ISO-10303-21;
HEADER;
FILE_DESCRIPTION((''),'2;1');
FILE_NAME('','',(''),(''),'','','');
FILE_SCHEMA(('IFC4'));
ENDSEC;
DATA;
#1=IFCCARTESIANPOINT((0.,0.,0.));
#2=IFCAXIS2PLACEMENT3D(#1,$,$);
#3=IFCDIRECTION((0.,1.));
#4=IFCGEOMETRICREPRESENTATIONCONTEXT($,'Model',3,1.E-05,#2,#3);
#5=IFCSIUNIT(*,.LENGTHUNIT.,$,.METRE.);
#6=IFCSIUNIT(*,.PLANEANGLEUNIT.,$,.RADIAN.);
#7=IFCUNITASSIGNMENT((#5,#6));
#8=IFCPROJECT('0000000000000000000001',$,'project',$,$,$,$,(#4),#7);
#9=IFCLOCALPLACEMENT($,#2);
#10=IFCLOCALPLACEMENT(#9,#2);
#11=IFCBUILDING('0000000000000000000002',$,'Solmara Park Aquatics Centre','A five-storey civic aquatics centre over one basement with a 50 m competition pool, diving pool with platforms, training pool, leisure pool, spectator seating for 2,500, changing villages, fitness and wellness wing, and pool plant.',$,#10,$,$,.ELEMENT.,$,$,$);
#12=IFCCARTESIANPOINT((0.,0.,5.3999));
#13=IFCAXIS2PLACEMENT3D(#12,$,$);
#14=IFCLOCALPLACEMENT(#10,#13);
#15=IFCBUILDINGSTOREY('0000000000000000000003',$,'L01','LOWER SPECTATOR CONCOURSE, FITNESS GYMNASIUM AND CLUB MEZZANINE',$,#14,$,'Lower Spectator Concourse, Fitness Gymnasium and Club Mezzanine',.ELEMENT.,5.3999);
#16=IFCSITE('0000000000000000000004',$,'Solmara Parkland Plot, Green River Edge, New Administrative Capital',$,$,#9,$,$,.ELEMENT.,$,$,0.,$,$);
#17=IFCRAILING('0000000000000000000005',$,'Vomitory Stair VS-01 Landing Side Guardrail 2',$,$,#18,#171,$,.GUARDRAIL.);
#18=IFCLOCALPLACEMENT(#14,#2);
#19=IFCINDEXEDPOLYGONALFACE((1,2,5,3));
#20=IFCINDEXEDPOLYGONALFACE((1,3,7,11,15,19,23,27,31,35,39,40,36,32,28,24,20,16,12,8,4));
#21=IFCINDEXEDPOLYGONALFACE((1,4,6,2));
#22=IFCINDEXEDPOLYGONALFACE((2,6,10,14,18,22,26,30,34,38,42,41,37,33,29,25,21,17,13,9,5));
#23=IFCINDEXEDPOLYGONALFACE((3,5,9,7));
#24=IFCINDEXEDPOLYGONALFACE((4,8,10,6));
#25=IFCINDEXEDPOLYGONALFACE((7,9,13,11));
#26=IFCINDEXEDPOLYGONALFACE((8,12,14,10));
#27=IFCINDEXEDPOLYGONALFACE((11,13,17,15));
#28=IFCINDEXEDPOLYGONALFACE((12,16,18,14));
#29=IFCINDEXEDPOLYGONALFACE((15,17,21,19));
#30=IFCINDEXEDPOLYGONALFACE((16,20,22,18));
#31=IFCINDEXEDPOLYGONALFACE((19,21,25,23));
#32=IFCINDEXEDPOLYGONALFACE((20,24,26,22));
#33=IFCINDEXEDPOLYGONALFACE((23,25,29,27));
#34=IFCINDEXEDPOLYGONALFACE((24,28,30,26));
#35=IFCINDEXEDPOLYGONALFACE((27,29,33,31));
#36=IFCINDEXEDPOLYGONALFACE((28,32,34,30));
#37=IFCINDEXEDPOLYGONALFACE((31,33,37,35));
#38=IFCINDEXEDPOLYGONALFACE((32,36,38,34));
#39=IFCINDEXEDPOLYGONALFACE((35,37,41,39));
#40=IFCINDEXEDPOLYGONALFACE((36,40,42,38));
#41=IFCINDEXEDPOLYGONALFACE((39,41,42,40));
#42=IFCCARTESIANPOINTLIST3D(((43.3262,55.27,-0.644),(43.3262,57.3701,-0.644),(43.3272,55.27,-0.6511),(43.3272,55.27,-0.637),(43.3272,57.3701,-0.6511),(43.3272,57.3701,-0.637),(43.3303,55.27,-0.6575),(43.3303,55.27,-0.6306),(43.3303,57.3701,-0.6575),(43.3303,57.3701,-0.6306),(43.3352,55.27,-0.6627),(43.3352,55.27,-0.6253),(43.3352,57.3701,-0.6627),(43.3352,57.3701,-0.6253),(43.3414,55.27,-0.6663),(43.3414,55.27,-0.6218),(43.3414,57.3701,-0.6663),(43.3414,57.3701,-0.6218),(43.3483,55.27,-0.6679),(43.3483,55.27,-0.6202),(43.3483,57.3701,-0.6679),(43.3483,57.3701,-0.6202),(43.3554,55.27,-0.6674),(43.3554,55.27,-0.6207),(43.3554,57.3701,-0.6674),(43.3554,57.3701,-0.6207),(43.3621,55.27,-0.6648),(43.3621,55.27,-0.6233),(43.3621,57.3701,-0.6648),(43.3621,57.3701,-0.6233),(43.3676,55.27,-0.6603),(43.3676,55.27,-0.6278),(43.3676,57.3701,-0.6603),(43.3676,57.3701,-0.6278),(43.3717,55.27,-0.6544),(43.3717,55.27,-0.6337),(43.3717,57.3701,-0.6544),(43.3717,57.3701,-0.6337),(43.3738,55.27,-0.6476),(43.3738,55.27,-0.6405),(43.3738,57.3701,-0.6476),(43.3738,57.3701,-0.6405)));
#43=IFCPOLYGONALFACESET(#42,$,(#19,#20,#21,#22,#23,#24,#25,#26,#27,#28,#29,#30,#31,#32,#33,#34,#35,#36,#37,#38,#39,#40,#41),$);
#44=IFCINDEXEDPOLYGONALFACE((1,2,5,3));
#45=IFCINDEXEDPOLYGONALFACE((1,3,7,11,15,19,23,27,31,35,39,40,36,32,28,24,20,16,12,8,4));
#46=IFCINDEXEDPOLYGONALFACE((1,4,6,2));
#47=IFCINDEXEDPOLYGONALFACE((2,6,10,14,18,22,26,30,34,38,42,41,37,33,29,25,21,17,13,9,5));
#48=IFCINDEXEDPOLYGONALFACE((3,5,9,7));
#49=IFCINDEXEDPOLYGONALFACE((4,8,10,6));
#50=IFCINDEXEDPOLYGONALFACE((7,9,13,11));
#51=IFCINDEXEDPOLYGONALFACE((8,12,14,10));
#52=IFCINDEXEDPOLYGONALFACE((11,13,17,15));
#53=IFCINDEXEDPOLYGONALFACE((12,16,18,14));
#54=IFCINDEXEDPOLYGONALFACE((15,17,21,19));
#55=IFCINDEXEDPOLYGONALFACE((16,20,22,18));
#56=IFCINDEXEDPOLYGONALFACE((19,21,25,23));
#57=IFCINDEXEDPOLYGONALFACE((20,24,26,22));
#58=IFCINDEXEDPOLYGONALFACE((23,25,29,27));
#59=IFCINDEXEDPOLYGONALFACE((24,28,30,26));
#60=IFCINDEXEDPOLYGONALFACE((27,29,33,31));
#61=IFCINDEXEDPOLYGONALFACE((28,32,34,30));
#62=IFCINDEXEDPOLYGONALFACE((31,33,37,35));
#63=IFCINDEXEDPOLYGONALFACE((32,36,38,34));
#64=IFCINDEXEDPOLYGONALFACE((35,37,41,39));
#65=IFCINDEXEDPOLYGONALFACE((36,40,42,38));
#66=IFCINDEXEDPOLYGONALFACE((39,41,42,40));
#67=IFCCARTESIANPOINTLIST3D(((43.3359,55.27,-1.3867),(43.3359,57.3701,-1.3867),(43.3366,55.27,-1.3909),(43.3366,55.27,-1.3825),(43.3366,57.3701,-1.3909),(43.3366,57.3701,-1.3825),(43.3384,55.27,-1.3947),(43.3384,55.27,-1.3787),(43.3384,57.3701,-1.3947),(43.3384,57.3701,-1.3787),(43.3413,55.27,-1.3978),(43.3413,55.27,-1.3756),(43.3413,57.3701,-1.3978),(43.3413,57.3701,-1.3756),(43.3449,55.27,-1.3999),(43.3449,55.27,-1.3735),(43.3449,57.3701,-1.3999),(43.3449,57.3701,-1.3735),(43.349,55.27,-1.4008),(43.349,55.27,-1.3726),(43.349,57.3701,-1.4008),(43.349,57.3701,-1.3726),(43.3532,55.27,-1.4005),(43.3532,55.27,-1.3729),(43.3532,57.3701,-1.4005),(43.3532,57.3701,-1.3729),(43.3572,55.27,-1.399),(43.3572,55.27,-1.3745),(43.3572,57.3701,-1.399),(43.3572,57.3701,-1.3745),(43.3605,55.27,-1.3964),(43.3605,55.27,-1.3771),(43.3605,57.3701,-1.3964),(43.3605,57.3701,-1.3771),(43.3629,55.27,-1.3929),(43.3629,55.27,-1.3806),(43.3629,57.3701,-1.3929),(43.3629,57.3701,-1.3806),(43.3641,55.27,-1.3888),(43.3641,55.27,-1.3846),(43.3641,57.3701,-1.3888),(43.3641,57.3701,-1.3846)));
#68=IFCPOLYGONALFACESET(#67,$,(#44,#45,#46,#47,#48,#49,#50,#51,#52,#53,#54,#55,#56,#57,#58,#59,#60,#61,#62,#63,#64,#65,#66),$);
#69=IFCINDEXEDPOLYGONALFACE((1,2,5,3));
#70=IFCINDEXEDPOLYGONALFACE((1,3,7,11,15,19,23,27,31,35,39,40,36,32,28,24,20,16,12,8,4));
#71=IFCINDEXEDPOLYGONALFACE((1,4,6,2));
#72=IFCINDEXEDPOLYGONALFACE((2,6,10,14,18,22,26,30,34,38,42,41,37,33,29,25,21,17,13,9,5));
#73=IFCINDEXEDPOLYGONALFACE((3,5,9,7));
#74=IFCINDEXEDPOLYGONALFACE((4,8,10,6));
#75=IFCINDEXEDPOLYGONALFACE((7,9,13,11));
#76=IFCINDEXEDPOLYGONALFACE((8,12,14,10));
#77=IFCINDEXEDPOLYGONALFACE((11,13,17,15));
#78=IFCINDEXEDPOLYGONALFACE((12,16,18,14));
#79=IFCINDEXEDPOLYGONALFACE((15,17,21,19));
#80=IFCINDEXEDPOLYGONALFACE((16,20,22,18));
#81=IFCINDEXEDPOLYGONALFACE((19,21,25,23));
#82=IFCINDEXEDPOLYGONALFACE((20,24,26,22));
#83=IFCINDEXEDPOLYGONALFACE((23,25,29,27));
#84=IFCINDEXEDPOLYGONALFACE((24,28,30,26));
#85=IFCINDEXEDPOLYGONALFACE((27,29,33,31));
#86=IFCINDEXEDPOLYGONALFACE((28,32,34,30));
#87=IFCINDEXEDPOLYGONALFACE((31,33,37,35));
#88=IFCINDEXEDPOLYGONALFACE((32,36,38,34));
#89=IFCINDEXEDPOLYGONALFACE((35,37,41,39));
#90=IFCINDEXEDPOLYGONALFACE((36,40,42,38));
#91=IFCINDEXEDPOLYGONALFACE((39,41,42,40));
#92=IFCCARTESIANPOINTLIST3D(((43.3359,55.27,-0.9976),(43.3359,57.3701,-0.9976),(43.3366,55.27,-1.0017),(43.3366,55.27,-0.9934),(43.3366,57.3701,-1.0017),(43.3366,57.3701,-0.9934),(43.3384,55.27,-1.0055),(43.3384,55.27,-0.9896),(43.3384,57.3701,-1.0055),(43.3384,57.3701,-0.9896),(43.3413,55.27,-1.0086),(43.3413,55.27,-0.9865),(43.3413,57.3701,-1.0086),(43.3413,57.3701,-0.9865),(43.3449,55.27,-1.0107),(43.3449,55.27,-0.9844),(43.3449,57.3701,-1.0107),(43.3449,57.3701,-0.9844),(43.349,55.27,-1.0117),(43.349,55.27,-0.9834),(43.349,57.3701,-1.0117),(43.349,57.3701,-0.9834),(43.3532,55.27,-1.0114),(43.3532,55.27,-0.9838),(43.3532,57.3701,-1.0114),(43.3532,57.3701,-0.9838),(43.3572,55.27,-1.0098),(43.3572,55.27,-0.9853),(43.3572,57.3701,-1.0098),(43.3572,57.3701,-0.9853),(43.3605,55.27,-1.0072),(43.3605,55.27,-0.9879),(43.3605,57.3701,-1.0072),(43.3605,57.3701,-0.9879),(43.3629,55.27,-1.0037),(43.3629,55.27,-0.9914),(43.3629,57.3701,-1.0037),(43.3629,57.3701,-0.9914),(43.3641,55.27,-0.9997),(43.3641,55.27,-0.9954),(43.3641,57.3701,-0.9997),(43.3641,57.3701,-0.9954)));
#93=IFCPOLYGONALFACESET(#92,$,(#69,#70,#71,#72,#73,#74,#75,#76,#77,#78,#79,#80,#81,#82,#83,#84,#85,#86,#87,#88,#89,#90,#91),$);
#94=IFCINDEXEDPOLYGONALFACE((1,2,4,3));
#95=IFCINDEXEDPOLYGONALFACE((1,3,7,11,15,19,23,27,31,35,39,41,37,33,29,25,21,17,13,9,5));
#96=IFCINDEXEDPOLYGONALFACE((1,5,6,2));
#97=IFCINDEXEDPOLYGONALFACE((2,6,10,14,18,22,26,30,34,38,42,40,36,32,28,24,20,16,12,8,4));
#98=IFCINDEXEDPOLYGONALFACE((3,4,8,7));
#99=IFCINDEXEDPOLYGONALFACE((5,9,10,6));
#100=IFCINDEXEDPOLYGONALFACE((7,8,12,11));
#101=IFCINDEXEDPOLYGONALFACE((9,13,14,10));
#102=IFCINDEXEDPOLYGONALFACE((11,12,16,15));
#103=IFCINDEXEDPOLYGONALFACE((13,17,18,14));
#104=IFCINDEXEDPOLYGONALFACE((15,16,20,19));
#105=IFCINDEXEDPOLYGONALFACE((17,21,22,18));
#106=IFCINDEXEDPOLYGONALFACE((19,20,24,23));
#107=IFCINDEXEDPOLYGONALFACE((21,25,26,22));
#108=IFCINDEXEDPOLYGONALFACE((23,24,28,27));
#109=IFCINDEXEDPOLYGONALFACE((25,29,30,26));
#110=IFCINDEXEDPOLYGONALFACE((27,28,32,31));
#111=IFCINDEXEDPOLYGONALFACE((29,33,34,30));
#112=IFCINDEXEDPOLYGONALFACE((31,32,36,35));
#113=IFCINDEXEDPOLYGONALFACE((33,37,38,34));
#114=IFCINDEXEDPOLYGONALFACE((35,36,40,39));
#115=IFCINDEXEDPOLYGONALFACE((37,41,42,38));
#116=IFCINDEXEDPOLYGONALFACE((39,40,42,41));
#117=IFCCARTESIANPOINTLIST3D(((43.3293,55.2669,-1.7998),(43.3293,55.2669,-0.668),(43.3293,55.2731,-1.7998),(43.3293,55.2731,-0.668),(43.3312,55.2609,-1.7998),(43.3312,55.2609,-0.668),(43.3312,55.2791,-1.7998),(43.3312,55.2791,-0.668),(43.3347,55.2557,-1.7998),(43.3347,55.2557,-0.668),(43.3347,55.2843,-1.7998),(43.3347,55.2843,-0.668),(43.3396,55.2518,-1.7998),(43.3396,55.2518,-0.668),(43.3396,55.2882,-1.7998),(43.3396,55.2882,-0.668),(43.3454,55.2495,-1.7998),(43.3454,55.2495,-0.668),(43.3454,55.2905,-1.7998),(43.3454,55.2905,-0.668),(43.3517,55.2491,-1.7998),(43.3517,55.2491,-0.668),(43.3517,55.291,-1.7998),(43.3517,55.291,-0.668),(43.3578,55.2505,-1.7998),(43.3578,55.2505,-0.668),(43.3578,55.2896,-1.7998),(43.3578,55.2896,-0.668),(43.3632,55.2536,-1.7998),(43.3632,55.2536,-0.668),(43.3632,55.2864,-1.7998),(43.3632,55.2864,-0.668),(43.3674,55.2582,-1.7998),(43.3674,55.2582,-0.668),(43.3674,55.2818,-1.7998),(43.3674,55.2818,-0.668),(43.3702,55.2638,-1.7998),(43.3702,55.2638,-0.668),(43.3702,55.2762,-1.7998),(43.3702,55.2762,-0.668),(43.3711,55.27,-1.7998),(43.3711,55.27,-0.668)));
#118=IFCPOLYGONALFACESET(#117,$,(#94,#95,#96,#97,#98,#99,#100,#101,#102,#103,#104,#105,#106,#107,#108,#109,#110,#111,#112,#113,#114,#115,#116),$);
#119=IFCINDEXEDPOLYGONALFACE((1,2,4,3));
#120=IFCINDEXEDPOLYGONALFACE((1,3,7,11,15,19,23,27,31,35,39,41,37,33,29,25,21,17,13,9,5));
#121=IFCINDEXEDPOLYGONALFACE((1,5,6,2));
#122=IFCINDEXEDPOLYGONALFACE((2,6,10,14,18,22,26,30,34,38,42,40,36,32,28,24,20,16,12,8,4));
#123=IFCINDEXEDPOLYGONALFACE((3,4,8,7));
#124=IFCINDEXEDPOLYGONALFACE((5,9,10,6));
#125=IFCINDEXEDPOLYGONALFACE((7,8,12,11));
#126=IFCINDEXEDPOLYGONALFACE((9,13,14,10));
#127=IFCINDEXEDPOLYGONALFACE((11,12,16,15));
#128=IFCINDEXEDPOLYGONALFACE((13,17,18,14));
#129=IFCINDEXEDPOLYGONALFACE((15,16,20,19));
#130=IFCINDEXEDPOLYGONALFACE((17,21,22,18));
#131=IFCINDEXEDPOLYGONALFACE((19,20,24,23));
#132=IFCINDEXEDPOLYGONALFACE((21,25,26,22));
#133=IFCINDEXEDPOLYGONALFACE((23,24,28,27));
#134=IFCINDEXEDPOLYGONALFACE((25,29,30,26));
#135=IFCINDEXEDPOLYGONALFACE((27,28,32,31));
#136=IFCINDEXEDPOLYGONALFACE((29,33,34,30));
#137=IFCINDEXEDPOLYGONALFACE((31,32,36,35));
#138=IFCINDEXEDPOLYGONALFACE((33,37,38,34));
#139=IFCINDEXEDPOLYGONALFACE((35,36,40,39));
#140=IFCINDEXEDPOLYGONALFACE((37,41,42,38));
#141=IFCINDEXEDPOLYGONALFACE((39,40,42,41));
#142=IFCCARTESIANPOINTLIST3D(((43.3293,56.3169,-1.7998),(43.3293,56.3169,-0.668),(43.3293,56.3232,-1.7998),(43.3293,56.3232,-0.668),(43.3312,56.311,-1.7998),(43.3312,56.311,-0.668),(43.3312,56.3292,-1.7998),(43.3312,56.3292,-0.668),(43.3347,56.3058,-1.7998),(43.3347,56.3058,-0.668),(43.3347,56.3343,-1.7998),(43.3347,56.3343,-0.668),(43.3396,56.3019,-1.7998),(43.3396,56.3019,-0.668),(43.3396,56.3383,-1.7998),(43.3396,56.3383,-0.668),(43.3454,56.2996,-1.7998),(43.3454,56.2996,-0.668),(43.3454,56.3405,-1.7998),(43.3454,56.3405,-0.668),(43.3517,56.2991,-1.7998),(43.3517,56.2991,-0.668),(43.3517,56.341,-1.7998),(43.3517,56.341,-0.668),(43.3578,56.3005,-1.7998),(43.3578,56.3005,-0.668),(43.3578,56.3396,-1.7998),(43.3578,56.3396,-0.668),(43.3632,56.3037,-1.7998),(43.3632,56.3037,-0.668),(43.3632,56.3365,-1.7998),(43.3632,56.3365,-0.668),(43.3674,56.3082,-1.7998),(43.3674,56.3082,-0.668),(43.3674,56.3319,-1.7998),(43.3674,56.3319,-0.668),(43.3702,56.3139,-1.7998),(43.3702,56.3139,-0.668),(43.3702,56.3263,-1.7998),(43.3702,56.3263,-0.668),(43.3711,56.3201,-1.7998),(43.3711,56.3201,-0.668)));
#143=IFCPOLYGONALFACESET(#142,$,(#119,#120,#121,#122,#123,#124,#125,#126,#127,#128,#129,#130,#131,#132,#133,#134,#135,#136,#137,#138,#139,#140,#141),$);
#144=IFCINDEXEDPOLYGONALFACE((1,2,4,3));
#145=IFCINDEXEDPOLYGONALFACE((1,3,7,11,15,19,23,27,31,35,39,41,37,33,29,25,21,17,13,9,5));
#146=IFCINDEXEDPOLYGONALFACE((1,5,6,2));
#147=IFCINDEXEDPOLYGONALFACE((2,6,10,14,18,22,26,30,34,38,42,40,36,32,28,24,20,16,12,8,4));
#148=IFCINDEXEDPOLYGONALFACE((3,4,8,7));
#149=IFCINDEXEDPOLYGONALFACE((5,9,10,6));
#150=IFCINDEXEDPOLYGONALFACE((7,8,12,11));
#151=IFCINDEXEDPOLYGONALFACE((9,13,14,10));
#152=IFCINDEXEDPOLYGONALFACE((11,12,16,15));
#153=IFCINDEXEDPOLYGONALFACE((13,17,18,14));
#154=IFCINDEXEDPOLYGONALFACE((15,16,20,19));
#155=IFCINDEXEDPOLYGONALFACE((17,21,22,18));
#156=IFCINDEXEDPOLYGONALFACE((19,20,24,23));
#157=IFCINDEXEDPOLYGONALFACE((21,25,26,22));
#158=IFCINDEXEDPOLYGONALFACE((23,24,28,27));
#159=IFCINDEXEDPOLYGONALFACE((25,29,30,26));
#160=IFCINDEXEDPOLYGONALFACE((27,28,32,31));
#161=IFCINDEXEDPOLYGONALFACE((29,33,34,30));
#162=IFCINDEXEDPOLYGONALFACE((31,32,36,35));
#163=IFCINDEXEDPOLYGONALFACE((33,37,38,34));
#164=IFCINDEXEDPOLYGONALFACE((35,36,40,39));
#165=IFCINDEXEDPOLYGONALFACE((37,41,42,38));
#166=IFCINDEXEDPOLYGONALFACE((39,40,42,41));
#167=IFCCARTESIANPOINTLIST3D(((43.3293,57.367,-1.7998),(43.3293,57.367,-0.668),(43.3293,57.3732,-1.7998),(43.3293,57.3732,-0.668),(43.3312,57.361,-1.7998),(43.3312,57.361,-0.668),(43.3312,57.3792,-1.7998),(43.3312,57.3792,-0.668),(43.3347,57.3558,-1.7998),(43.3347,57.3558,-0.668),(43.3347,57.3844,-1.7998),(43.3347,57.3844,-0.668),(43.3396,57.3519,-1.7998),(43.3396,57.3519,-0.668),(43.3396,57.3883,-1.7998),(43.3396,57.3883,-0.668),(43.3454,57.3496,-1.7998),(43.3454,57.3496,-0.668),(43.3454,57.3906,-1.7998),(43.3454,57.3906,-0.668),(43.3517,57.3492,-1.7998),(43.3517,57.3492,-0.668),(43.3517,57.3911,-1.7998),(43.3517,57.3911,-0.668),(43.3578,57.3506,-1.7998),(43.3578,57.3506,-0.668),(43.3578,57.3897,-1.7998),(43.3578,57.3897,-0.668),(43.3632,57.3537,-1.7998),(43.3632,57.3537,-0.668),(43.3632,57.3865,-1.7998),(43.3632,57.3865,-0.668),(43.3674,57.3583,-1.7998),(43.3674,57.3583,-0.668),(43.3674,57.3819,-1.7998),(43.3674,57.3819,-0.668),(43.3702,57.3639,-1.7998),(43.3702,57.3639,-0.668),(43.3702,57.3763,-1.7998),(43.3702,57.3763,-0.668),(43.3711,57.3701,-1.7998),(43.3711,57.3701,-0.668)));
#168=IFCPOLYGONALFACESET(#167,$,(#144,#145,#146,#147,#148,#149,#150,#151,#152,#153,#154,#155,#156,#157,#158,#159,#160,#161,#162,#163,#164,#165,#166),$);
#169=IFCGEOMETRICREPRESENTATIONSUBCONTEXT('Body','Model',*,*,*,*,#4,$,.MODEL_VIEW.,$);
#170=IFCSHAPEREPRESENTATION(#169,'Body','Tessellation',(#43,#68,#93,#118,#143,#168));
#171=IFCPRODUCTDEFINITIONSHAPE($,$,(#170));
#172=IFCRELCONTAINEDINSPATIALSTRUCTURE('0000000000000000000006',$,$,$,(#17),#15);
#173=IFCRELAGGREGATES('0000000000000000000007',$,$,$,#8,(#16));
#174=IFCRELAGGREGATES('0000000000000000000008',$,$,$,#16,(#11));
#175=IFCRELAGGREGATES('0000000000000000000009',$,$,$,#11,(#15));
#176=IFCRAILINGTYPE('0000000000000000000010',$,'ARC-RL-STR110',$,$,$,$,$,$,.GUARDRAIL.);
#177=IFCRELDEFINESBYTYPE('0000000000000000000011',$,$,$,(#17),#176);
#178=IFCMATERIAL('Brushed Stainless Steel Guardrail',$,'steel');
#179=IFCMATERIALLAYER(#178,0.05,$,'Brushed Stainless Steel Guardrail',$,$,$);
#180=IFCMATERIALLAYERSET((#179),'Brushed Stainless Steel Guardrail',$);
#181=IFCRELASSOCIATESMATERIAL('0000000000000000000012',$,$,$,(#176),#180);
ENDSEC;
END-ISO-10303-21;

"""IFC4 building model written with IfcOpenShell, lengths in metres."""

from ifc_helpers import new_model, si_unit, direction, frame, origin, origin_2d, place, context, subcontext, project, spatial, circle, extrude, material, layer, layer_set, type_object, element, save


model = new_model("IFC4")

# Units and contexts
model_context = context("Model", 3, precision=1e-05, world=origin(), true_north=direction((0.0, 1.0)))
body_context = subcontext(model_context, "Body", "Model", "MODEL_VIEW")
ifc_project = project(units=[si_unit("LENGTHUNIT", "METRE"), si_unit("PLANEANGLEUNIT", "RADIAN")], contexts=[model_context])

# Site, building, storey
site_placement = place(None, origin())
site = spatial("IfcSite", under=ifc_project, at=site_placement, Name="Solmara Parkland Plot, Green River Edge, New Administrative Capital", CompositionType="ELEMENT", RefElevation=0.0)
building_placement = place(site_placement, origin())
building = spatial("IfcBuilding", under=site, at=building_placement, Name="Solmara Park Aquatics Centre", Description="A five-storey civic aquatics centre over one basement with a 50 m competition pool, diving pool with platforms, training pool, leisure pool, spectator seating for 2,500, changing villages, fitness and wellness wing, and pool plant.", CompositionType="ELEMENT")
storey_placement = place(building_placement, frame((0.0, 0.0, 5.3999)))
storey = spatial("IfcBuildingStorey", under=building, at=storey_placement, Name="L01", Description="LOWER SPECTATOR CONCOURSE, FITNESS GYMNASIUM AND CLUB MEZZANINE", LongName="Lower Spectator Concourse, Fitness Gymnasium and Club Mezzanine", CompositionType="ELEMENT", Elevation=5.3999)

# Railing
ifc_material_1 = material(Name="Brushed Stainless Steel Guardrail", Category="steel")
ifc_layer_1 = layer(ifc_material_1, 0.05, Name="Brushed Stainless Steel Guardrail")
ifc_layer_set_1 = layer_set([ifc_layer_1], Name="Brushed Stainless Steel Guardrail")
railing_type_1 = type_object("IfcRailingType", Name="ARC-RL-STR110", PredefinedType="GUARDRAIL", material=ifc_layer_set_1)
railing_1_placement = place(storey_placement, frame((43.3501, 55.27, -1.7998)))
element("IfcRailing", 1, at=railing_1_placement, inside=storey, type_object=railing_type_1, Name="Vomitory Stair VS-01 Landing Side Guardrail 2", PredefinedType="GUARDRAIL", context=body_context, shape_type="SweptSolid", body=[
    extrude(circle(Radius=0.0239, at=origin_2d()), frame((0.0, 0.0, 1.1558), z_axis=(0.0, 1.0, 0.0), x_axis=(-1.0, 0.0, 0.0)), (0.0, 0.0, 1.0), 2.1001),
    extrude(circle(Radius=0.0142, at=origin_2d()), frame((0.0, 0.0, 0.4131), z_axis=(0.0, 1.0, 0.0), x_axis=(-1.0, 0.0, 0.0)), (0.0, 0.0, 1.0), 2.1001),
    extrude(circle(Radius=0.0142, at=origin_2d()), frame((0.0, 0.0, 0.8022), z_axis=(0.0, 1.0, 0.0), x_axis=(-1.0, 0.0, 0.0)), (0.0, 0.0, 1.0), 2.1001),
    extrude(circle(Radius=0.021, at=origin_2d()), origin(), (0.0, 0.0, 1.0), 1.1318),
    extrude(circle(Radius=0.021, at=origin_2d()), frame((0.0, 1.05, 0.0)), (0.0, 0.0, 1.0), 1.1318),
    extrude(circle(Radius=0.021, at=origin_2d()), frame((0.0, 2.1001, 0.0)), (0.0, 0.0, 1.0), 1.1318),
])

save(model, "model.ifc")
